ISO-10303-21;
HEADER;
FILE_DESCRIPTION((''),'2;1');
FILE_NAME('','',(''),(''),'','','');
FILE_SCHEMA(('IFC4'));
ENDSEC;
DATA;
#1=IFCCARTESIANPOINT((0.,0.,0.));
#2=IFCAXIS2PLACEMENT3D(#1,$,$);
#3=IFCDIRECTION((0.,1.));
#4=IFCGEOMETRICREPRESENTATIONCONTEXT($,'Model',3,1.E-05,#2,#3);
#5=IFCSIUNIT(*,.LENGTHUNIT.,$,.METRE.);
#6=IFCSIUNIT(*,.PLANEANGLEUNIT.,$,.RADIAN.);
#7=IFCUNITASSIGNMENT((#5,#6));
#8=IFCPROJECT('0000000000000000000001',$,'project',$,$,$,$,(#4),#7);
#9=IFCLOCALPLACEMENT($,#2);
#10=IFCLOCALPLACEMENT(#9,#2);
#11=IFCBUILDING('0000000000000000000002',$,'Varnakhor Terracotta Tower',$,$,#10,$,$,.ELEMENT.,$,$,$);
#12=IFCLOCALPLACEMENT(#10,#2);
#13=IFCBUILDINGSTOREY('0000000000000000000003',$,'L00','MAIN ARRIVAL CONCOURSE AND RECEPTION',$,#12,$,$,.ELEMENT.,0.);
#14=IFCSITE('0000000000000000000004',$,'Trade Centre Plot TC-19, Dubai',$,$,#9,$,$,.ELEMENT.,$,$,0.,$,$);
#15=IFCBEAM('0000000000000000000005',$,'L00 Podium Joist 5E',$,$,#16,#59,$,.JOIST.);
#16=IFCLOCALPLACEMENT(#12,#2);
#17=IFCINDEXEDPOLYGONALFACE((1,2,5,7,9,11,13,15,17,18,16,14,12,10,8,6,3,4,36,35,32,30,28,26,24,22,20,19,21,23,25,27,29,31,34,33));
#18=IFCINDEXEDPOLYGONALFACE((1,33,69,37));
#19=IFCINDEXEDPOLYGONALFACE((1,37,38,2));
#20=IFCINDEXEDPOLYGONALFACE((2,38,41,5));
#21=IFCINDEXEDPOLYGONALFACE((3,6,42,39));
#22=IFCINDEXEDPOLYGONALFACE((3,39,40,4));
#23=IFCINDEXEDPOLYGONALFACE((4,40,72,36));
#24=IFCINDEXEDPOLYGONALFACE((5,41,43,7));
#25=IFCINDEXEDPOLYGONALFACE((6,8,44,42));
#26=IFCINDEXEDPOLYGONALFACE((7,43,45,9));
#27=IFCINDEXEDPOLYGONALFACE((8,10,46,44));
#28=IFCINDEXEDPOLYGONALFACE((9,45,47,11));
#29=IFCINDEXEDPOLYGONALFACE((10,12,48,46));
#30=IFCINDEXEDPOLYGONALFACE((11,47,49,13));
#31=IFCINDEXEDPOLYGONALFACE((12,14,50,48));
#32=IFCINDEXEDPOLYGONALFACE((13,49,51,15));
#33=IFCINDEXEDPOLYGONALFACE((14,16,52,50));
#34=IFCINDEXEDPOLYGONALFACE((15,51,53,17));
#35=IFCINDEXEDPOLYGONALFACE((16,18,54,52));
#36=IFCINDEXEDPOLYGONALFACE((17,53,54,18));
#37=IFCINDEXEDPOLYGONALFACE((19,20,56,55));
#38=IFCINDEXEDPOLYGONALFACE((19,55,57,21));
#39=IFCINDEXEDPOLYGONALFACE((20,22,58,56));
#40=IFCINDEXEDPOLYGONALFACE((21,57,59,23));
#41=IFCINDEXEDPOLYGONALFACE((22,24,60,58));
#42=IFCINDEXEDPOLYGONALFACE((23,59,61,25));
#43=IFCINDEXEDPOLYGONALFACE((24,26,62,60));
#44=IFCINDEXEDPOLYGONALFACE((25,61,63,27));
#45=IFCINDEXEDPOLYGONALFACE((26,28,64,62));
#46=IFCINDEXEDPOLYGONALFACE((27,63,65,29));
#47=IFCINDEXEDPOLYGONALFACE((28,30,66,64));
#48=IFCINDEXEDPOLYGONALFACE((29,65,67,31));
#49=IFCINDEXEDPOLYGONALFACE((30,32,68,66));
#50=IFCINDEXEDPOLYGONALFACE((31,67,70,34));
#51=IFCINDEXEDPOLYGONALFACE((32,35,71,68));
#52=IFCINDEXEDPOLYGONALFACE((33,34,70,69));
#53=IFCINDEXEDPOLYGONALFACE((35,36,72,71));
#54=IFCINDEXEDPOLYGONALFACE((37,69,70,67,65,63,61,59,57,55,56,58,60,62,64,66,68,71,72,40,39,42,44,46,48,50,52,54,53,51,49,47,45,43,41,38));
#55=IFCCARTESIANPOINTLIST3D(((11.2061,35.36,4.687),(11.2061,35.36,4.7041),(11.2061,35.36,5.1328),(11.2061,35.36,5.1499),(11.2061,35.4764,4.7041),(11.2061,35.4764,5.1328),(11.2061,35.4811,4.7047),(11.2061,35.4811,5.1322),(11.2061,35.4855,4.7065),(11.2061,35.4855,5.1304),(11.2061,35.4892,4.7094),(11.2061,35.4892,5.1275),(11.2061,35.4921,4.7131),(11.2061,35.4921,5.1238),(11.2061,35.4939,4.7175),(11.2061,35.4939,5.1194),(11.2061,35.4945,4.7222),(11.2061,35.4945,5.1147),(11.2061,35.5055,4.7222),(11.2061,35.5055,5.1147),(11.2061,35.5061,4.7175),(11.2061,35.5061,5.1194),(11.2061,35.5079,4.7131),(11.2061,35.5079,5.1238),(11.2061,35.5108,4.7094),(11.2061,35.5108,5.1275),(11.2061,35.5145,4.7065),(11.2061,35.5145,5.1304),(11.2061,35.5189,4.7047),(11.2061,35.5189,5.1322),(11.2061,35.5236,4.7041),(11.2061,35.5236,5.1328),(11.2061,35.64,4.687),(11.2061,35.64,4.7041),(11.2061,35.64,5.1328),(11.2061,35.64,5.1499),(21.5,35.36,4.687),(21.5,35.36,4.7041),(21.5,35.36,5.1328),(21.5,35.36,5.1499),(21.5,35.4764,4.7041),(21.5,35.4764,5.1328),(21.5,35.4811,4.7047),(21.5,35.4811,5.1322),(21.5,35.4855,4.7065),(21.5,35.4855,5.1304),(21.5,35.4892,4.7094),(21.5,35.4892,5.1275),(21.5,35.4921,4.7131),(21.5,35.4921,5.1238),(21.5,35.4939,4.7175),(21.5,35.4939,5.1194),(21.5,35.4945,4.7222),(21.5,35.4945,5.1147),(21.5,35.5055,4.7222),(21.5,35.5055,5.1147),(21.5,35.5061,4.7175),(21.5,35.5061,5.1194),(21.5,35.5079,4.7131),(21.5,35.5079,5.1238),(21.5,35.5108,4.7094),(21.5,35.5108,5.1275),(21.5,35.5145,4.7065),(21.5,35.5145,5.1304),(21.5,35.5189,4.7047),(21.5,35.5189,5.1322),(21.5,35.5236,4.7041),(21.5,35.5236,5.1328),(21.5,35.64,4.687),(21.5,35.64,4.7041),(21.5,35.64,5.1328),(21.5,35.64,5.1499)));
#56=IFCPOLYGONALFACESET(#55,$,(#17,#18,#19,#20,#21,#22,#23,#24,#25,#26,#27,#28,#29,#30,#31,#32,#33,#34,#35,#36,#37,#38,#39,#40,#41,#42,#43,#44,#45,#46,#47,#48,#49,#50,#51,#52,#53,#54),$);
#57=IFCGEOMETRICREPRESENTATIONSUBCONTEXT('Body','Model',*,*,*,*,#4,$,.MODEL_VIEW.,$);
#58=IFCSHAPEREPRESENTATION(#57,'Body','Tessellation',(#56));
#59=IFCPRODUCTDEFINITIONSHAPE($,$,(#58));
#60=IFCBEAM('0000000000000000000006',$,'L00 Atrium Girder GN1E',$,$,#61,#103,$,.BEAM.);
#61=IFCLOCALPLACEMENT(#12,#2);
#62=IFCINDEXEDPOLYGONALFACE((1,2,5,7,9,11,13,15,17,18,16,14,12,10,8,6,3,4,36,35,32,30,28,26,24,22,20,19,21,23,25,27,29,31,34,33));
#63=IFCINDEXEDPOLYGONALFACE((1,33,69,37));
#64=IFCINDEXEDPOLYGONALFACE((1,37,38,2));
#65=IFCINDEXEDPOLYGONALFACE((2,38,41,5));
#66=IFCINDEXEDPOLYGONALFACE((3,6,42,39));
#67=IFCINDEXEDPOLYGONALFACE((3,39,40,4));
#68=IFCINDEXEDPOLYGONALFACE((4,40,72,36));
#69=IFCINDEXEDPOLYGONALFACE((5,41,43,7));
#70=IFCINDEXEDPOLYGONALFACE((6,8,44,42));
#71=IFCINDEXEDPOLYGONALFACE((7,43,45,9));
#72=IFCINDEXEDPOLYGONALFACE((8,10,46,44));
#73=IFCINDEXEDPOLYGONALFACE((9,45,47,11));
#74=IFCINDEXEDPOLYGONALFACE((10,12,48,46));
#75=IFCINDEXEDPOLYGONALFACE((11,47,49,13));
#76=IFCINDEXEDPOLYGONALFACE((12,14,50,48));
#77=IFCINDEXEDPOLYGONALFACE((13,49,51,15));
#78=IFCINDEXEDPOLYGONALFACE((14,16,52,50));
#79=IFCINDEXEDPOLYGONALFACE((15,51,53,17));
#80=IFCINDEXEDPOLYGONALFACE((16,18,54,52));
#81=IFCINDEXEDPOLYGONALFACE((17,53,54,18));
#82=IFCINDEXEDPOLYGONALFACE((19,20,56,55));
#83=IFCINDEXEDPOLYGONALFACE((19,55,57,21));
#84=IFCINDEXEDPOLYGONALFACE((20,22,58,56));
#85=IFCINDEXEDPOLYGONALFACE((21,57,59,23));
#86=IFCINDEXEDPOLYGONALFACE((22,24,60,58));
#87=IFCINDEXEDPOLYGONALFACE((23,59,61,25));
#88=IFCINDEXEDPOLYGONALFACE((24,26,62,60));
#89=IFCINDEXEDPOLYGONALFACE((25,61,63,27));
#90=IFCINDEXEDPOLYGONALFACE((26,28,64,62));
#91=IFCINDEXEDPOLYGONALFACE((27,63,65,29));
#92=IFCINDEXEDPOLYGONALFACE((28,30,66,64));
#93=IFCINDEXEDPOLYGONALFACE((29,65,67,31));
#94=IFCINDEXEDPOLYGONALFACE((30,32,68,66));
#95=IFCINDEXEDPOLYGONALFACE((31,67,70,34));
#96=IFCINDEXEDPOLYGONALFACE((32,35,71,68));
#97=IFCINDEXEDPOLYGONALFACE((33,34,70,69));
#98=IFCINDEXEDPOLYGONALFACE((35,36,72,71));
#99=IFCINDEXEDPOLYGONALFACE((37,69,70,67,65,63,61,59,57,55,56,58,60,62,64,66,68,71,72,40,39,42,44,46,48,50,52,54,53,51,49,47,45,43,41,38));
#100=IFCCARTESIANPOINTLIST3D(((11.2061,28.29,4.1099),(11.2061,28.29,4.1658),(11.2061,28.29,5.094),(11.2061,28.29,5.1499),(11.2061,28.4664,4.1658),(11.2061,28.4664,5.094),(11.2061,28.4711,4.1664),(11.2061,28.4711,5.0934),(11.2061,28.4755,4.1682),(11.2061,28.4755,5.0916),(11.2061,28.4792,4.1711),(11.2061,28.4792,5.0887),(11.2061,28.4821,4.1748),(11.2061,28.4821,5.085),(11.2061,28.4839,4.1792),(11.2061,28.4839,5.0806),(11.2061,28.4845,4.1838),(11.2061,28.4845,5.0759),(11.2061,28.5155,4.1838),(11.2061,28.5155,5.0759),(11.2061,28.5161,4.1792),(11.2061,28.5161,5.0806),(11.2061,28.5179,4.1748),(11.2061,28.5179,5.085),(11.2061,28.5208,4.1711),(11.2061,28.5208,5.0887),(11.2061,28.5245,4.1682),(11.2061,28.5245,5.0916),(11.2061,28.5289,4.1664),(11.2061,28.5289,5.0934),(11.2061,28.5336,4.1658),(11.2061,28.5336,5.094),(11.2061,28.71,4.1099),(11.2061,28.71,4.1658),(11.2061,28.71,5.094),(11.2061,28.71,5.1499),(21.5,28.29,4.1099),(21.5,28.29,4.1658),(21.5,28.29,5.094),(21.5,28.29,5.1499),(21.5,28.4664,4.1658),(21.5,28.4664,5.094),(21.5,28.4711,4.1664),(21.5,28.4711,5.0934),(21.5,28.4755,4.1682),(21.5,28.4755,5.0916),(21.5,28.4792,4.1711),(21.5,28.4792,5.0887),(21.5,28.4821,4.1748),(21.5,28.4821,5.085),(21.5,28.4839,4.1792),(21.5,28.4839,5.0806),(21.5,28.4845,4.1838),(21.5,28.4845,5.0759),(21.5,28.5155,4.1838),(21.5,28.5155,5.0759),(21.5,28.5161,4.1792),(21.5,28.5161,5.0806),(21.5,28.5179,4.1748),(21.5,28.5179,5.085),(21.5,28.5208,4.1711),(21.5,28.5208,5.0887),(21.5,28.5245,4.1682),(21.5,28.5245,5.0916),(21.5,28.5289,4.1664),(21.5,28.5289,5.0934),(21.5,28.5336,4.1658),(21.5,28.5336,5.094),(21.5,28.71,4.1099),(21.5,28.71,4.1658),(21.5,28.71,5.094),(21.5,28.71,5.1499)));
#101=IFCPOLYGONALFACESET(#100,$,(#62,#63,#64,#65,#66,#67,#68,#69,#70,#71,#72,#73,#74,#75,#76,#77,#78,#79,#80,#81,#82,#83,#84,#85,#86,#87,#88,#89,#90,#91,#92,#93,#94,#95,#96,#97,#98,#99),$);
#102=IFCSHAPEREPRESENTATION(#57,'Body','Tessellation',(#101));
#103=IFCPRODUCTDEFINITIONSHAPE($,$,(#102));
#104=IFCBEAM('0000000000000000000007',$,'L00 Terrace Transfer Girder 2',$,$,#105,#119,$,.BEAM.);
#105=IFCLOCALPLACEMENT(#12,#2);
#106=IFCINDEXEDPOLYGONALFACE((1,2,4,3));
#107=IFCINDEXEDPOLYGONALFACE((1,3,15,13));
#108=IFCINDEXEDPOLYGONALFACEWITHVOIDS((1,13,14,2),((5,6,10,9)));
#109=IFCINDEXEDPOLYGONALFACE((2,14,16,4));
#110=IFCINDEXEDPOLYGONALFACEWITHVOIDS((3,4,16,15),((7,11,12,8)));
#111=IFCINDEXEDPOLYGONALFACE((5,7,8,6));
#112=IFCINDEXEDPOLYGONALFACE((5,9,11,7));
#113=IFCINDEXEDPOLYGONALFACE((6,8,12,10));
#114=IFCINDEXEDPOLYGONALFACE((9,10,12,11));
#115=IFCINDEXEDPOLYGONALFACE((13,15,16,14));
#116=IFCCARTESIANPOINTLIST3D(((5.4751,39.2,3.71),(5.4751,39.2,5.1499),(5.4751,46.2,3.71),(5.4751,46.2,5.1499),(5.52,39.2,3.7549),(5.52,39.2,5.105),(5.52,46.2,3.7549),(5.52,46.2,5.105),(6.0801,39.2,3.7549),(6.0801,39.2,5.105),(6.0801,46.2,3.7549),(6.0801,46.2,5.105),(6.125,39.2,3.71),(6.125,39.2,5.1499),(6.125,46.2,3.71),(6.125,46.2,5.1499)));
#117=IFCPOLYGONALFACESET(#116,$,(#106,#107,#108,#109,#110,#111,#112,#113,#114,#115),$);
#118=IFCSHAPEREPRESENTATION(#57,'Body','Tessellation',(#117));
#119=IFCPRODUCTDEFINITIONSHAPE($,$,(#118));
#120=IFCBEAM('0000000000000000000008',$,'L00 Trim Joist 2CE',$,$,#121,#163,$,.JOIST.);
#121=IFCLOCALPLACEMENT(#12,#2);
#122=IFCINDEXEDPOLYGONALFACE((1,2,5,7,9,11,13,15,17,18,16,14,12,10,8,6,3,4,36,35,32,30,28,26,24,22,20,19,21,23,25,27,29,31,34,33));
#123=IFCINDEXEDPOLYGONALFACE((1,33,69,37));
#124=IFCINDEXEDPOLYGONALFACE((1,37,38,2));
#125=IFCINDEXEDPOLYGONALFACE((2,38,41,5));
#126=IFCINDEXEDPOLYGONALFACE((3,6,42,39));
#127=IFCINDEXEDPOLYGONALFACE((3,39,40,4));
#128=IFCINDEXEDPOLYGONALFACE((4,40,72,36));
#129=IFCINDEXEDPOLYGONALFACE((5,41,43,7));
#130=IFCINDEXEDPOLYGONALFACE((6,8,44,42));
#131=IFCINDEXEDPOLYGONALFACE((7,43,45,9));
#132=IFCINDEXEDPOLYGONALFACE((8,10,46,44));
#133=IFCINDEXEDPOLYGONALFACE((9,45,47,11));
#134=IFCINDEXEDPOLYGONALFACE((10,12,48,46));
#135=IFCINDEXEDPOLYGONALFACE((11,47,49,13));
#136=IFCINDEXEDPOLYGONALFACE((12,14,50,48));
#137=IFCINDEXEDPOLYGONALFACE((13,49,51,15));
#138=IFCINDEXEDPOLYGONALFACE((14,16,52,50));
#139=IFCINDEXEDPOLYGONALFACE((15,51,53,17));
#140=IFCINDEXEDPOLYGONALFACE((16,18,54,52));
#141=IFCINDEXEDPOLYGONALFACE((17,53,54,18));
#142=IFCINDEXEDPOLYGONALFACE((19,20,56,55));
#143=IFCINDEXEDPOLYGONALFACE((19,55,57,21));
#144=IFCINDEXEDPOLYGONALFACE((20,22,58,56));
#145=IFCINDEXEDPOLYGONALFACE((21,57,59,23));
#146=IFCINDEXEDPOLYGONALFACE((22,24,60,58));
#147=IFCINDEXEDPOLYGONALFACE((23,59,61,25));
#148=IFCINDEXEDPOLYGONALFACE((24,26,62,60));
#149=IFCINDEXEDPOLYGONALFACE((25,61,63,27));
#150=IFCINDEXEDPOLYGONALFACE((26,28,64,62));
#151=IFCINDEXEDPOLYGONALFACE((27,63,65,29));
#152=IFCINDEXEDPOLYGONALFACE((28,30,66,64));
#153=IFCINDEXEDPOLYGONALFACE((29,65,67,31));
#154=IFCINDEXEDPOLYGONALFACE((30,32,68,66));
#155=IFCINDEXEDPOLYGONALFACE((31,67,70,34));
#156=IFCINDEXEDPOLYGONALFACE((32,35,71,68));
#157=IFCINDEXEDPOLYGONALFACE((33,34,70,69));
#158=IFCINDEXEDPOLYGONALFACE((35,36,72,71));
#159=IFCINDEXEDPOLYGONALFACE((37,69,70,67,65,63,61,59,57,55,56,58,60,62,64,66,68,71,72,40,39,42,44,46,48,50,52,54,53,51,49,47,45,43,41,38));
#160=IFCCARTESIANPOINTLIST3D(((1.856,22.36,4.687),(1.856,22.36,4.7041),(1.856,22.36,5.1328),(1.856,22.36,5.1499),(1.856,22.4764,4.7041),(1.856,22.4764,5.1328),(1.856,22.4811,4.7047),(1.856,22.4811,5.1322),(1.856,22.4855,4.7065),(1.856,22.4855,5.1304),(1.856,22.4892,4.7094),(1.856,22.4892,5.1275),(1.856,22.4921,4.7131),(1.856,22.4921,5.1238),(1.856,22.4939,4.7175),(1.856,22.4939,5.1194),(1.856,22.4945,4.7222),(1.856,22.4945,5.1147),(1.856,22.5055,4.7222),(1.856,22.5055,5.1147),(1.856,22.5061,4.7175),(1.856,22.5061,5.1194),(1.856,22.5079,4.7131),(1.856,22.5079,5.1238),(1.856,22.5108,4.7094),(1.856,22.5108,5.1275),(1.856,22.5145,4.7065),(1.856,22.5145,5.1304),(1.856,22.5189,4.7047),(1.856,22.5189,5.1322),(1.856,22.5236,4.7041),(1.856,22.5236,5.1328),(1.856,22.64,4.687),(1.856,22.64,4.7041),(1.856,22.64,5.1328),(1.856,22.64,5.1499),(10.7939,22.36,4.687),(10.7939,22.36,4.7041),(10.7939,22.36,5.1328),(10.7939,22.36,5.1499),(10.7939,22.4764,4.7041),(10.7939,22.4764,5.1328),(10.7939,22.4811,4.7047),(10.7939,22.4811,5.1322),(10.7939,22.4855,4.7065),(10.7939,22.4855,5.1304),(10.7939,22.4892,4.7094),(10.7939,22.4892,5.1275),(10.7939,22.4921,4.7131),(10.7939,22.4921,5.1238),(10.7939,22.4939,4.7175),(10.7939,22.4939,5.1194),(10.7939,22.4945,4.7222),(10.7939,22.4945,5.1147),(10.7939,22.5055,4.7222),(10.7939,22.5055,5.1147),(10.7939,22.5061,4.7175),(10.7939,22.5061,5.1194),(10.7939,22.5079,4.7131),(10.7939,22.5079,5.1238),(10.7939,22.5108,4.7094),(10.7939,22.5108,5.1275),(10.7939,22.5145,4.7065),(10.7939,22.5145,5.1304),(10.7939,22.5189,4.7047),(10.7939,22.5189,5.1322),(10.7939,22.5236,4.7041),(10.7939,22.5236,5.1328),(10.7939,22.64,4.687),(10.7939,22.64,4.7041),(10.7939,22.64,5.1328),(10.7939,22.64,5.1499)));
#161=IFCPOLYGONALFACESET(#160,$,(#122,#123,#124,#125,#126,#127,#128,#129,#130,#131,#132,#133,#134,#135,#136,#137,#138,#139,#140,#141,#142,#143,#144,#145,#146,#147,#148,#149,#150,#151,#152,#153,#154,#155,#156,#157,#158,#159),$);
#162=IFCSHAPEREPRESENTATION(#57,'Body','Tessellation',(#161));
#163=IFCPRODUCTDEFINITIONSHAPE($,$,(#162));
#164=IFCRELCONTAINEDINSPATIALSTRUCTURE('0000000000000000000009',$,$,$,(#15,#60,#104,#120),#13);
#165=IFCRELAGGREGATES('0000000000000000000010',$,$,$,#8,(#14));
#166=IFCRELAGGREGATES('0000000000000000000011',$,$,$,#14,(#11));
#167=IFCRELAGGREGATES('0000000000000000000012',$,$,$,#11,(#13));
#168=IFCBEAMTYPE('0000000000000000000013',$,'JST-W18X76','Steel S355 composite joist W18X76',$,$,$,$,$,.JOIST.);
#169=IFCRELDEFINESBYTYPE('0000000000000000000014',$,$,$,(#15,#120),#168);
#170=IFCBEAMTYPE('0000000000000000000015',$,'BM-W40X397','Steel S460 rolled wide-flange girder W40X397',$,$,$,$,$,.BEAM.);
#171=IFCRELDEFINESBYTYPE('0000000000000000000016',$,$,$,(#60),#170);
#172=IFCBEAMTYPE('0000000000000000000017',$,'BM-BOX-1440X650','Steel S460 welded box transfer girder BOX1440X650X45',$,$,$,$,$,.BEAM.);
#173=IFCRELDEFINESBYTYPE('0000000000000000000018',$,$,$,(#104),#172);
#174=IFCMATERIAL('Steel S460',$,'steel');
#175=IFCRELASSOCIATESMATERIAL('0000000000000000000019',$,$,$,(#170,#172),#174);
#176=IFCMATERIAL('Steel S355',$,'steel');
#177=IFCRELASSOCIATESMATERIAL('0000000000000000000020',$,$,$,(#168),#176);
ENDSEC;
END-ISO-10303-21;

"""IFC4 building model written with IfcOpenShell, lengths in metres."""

from ifc_helpers import new_model, si_unit, direction, frame, origin, origin_2d, place, context, subcontext, project, spatial, hollow_rectangle, i_section, extrude, source, transform, mapped, material, material_profile, profile_set, type_object, type_shapes, element, save


model = new_model("IFC4")

# Units and contexts
model_context = context("Model", 3, precision=1e-05, world=origin(), true_north=direction((0.0, 1.0)))
body_context = subcontext(model_context, "Body", "Model", "MODEL_VIEW")
ifc_project = project(units=[si_unit("LENGTHUNIT", "METRE"), si_unit("PLANEANGLEUNIT", "RADIAN")], contexts=[model_context])

# Site, building, storey
site_placement = place(None, origin())
site = spatial("IfcSite", under=ifc_project, at=site_placement, Name="Trade Centre Plot TC-19, Dubai", CompositionType="ELEMENT", RefElevation=0.0)
building_placement = place(site_placement, origin())
building = spatial("IfcBuilding", under=site, at=building_placement, Name="Varnakhor Terracotta Tower", CompositionType="ELEMENT")
storey_placement = place(building_placement, origin())
storey = spatial("IfcBuildingStorey", under=building, at=storey_placement, Name="L00", Description="MAIN ARRIVAL CONCOURSE AND RECEPTION", CompositionType="ELEMENT", Elevation=0.0)

# Shared definitions
ifc_material_1 = material(Name="Steel S460", Category="steel")
ifc_material_2 = material(Name="Steel S355", Category="steel")

# Beams
ifc_material_profile_1 = material_profile(ifc_material_1, i_section(OverallWidth=0.4199, OverallDepth=1.04, WebThickness=0.031, FlangeThickness=0.0559, FilletRadius=0.0181, at=origin_2d()), Name="W40X397")
ifc_profile_set_1 = profile_set([ifc_material_profile_1], Name="Steel S460")
beam_type_1 = type_object("IfcBeamType", Name="BM-W40X397", Description="Steel S460 rolled wide-flange girder W40X397", PredefinedType="BEAM", material=ifc_profile_set_1)
ifc_material_profile_2 = material_profile(ifc_material_2, i_section(OverallWidth=0.28, OverallDepth=0.4629, WebThickness=0.011, FlangeThickness=0.0171, FilletRadius=0.0181, at=origin_2d()), Name="W18X76")
ifc_profile_set_2 = profile_set([ifc_material_profile_2], Name="Steel S355")
beam_type_2 = type_object("IfcBeamType", Name="JST-W18X76", Description="Steel S355 composite joist W18X76", PredefinedType="JOIST", material=ifc_profile_set_2)
shared_shape_1 = source(origin(), body_context, "Body", "SweptSolid", [
    extrude(i_section(OverallWidth=0.28, OverallDepth=0.4629, WebThickness=0.011, FlangeThickness=0.0171, FilletRadius=0.0181, at=origin_2d()), origin(), (0.0, 0.0, 1.0), 10.2939),
])
type_shapes(beam_type_2, [shared_shape_1])
for number, where, z_axis, x_axis, name in (
    (1, (11.2061, 35.5, 4.9185), (1.0, 0.0, 0.0), (0.0, 1.0, 0.0), "L00 Podium Joist 5E"),
):
    element("IfcBeam", number, at=place(storey_placement, frame(where, z_axis=z_axis, x_axis=x_axis)), inside=storey, type_object=beam_type_2, Name=name, PredefinedType="JOIST", context=body_context, shape_type="MappedRepresentation", body=[
        mapped(shared_shape_1, transform((0.0, 0.0, 0.0), scale=1.0)),
    ])
shared_shape_2 = source(origin(), body_context, "Body", "SweptSolid", [
    extrude(i_section(OverallWidth=0.4199, OverallDepth=1.04, WebThickness=0.031, FlangeThickness=0.0559, FilletRadius=0.0181, at=origin_2d()), origin(), (0.0, 0.0, 1.0), 10.2939),
])
beam_1_placement = place(storey_placement, frame((11.2061, 28.5, 4.6299), z_axis=(1.0, 0.0, 0.0), x_axis=(0.0, 1.0, 0.0)))
element("IfcBeam", 2, at=beam_1_placement, inside=storey, type_object=beam_type_1, Name="L00 Atrium Girder GN1E", PredefinedType="BEAM", context=body_context, shape_type="MappedRepresentation", body=[
    mapped(shared_shape_2, transform((0.0, 0.0, 0.0), scale=1.0)),
])
ifc_material_profile_3 = material_profile(ifc_material_1, hollow_rectangle(XDim=0.6499, YDim=1.4399, WallThickness=0.0449, at=origin_2d()), Name="BOX1440X650X45")
ifc_profile_set_3 = profile_set([ifc_material_profile_3], Name="Steel S460")
beam_type_3 = type_object("IfcBeamType", Name="BM-BOX-1440X650", Description="Steel S460 welded box transfer girder BOX1440X650X45", PredefinedType="BEAM", material=ifc_profile_set_3)
shared_shape_3 = source(origin(), body_context, "Body", "SweptSolid", [
    extrude(hollow_rectangle(XDim=0.6499, YDim=1.4399, WallThickness=0.0449, at=origin_2d()), origin(), (0.0, 0.0, 1.0), 7.0),
])
type_shapes(beam_type_3, [shared_shape_3])
beam_2_placement = place(storey_placement, frame((5.8, 39.2, 4.4299), z_axis=(0.0, 1.0, 0.0), x_axis=(-1.0, 0.0, 0.0)))
element("IfcBeam", 3, at=beam_2_placement, inside=storey, type_object=beam_type_3, Name="L00 Terrace Transfer Girder 2", PredefinedType="BEAM", context=body_context, shape_type="MappedRepresentation", body=[
    mapped(shared_shape_3, transform((0.0, 0.0, 0.0), scale=1.0)),
])
shared_shape_4 = source(origin(), body_context, "Body", "SweptSolid", [
    extrude(i_section(OverallWidth=0.28, OverallDepth=0.4629, WebThickness=0.011, FlangeThickness=0.0171, FilletRadius=0.0181, at=origin_2d()), origin(), (0.0, 0.0, 1.0), 8.938),
])
for number, where, z_axis, x_axis, name in (
    (4, (1.856, 22.5, 4.9185), (1.0, 0.0, 0.0), (0.0, 1.0, 0.0), "L00 Trim Joist 2CE"),
):
    element("IfcBeam", number, at=place(storey_placement, frame(where, z_axis=z_axis, x_axis=x_axis)), inside=storey, type_object=beam_type_2, Name=name, PredefinedType="JOIST", context=body_context, shape_type="MappedRepresentation", body=[
        mapped(shared_shape_4, transform((0.0, 0.0, 0.0), scale=1.0)),
    ])

save(model, "model.ifc")
